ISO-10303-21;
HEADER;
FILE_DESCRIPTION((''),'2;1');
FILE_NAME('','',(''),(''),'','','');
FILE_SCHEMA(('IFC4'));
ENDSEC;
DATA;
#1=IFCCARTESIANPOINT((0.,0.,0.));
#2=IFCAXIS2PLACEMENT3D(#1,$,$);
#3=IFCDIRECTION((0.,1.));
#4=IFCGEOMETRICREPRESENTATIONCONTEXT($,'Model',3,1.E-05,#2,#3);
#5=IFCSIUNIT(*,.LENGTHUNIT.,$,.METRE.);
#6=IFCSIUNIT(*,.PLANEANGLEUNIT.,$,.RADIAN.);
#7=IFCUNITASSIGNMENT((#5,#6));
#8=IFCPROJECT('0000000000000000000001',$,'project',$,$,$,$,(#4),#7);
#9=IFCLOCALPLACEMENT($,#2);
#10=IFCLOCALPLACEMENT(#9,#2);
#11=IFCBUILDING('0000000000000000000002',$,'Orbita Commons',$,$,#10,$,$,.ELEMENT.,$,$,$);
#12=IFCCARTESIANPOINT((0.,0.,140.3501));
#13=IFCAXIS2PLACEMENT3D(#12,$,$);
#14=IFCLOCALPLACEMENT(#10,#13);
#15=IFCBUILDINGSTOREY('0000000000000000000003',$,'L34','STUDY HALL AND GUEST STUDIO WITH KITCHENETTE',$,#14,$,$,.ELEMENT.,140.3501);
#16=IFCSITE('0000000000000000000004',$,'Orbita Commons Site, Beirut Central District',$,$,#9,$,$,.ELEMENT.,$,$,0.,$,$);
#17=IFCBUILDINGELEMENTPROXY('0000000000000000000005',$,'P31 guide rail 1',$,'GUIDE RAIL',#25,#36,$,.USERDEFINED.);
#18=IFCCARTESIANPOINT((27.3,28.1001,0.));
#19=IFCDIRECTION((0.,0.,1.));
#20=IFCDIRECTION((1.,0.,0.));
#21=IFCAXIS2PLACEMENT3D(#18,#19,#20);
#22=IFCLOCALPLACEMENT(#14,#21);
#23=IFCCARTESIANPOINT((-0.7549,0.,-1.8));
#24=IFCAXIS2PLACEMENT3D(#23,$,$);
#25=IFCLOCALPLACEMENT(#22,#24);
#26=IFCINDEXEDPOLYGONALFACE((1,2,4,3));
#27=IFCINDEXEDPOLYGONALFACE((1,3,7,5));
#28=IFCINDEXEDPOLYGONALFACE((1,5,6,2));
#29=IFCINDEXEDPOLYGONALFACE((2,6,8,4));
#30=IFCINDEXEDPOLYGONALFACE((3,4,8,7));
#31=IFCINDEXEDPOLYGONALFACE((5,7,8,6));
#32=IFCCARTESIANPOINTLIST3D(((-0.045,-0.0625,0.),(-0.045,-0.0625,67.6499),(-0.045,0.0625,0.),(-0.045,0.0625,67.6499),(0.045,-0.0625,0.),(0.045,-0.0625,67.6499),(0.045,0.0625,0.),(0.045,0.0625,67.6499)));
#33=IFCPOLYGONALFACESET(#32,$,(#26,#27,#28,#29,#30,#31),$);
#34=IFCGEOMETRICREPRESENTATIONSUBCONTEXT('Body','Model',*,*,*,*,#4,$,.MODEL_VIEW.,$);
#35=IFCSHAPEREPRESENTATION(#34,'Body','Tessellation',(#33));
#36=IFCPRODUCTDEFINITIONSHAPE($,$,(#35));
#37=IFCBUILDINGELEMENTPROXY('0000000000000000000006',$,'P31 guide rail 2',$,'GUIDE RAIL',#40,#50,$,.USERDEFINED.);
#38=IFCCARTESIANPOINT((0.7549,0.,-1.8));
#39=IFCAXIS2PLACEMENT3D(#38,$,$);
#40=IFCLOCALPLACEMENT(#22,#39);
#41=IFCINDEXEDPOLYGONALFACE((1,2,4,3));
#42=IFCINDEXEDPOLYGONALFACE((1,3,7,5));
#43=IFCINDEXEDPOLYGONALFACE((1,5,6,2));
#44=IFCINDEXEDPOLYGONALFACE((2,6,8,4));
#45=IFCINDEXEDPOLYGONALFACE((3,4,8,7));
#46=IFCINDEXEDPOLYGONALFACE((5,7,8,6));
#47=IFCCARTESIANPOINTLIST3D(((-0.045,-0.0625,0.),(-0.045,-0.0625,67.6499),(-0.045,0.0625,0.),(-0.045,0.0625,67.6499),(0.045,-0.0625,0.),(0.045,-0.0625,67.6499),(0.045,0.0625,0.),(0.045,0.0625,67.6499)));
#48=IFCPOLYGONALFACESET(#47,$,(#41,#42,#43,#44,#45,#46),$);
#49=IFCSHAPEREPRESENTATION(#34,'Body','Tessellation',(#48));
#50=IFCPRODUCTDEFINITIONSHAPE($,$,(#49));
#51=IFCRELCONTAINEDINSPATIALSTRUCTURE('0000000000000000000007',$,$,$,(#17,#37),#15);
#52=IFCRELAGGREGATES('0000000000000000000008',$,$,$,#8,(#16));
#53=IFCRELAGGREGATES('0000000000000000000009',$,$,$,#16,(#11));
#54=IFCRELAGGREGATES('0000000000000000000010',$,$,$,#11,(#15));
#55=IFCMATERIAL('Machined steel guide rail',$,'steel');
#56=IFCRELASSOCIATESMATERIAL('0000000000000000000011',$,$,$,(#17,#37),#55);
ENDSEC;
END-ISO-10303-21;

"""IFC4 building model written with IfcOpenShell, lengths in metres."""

from ifc_helpers import new_model, si_unit, direction, frame, origin, origin_2d, place, context, subcontext, project, spatial, rectangle, extrude, material, element, save


model = new_model("IFC4")

# Units and contexts
model_context = context("Model", 3, precision=1e-05, world=origin(), true_north=direction((0.0, 1.0)))
body_context = subcontext(model_context, "Body", "Model", "MODEL_VIEW")
ifc_project = project(units=[si_unit("LENGTHUNIT", "METRE"), si_unit("PLANEANGLEUNIT", "RADIAN")], contexts=[model_context])

# Site, building, storey
site_placement = place(None, origin())
site = spatial("IfcSite", under=ifc_project, at=site_placement, Name="Orbita Commons Site, Beirut Central District", CompositionType="ELEMENT", RefElevation=0.0)
building_placement = place(site_placement, origin())
building = spatial("IfcBuilding", under=site, at=building_placement, Name="Orbita Commons", CompositionType="ELEMENT")
storey_placement = place(building_placement, frame((0.0, 0.0, 140.3501)))
storey = spatial("IfcBuildingStorey", under=building, at=storey_placement, Name="L34", Description="STUDY HALL AND GUEST STUDIO WITH KITCHENETTE", CompositionType="ELEMENT", Elevation=140.3501)

# Shared definitions
transport_element_1_placement = place(storey_placement, frame((27.3, 28.1001, 0.0), z_axis=(0.0, 0.0, 1.0), x_axis=(1.0, 0.0, 0.0)))

# Building element proxies
ifc_material_1 = material(Name="Machined steel guide rail", Category="steel")
for number, where, name in (
    (1, (-0.7549, 0.0, -1.8), "P31 guide rail 1"),
    (2, (0.7549, 0.0, -1.8), "P31 guide rail 2"),
):
    element("IfcBuildingElementProxy", number, at=place(transport_element_1_placement, frame(where)), inside=storey, material=ifc_material_1, Name=name, ObjectType="GUIDE RAIL", PredefinedType="USERDEFINED", context=body_context, shape_type="SweptSolid", body=[
        extrude(rectangle(XDim=0.09, YDim=0.125, at=origin_2d()), origin(), (0.0, 0.0, 1.0), 67.6499),
    ])

save(model, "model.ifc")
